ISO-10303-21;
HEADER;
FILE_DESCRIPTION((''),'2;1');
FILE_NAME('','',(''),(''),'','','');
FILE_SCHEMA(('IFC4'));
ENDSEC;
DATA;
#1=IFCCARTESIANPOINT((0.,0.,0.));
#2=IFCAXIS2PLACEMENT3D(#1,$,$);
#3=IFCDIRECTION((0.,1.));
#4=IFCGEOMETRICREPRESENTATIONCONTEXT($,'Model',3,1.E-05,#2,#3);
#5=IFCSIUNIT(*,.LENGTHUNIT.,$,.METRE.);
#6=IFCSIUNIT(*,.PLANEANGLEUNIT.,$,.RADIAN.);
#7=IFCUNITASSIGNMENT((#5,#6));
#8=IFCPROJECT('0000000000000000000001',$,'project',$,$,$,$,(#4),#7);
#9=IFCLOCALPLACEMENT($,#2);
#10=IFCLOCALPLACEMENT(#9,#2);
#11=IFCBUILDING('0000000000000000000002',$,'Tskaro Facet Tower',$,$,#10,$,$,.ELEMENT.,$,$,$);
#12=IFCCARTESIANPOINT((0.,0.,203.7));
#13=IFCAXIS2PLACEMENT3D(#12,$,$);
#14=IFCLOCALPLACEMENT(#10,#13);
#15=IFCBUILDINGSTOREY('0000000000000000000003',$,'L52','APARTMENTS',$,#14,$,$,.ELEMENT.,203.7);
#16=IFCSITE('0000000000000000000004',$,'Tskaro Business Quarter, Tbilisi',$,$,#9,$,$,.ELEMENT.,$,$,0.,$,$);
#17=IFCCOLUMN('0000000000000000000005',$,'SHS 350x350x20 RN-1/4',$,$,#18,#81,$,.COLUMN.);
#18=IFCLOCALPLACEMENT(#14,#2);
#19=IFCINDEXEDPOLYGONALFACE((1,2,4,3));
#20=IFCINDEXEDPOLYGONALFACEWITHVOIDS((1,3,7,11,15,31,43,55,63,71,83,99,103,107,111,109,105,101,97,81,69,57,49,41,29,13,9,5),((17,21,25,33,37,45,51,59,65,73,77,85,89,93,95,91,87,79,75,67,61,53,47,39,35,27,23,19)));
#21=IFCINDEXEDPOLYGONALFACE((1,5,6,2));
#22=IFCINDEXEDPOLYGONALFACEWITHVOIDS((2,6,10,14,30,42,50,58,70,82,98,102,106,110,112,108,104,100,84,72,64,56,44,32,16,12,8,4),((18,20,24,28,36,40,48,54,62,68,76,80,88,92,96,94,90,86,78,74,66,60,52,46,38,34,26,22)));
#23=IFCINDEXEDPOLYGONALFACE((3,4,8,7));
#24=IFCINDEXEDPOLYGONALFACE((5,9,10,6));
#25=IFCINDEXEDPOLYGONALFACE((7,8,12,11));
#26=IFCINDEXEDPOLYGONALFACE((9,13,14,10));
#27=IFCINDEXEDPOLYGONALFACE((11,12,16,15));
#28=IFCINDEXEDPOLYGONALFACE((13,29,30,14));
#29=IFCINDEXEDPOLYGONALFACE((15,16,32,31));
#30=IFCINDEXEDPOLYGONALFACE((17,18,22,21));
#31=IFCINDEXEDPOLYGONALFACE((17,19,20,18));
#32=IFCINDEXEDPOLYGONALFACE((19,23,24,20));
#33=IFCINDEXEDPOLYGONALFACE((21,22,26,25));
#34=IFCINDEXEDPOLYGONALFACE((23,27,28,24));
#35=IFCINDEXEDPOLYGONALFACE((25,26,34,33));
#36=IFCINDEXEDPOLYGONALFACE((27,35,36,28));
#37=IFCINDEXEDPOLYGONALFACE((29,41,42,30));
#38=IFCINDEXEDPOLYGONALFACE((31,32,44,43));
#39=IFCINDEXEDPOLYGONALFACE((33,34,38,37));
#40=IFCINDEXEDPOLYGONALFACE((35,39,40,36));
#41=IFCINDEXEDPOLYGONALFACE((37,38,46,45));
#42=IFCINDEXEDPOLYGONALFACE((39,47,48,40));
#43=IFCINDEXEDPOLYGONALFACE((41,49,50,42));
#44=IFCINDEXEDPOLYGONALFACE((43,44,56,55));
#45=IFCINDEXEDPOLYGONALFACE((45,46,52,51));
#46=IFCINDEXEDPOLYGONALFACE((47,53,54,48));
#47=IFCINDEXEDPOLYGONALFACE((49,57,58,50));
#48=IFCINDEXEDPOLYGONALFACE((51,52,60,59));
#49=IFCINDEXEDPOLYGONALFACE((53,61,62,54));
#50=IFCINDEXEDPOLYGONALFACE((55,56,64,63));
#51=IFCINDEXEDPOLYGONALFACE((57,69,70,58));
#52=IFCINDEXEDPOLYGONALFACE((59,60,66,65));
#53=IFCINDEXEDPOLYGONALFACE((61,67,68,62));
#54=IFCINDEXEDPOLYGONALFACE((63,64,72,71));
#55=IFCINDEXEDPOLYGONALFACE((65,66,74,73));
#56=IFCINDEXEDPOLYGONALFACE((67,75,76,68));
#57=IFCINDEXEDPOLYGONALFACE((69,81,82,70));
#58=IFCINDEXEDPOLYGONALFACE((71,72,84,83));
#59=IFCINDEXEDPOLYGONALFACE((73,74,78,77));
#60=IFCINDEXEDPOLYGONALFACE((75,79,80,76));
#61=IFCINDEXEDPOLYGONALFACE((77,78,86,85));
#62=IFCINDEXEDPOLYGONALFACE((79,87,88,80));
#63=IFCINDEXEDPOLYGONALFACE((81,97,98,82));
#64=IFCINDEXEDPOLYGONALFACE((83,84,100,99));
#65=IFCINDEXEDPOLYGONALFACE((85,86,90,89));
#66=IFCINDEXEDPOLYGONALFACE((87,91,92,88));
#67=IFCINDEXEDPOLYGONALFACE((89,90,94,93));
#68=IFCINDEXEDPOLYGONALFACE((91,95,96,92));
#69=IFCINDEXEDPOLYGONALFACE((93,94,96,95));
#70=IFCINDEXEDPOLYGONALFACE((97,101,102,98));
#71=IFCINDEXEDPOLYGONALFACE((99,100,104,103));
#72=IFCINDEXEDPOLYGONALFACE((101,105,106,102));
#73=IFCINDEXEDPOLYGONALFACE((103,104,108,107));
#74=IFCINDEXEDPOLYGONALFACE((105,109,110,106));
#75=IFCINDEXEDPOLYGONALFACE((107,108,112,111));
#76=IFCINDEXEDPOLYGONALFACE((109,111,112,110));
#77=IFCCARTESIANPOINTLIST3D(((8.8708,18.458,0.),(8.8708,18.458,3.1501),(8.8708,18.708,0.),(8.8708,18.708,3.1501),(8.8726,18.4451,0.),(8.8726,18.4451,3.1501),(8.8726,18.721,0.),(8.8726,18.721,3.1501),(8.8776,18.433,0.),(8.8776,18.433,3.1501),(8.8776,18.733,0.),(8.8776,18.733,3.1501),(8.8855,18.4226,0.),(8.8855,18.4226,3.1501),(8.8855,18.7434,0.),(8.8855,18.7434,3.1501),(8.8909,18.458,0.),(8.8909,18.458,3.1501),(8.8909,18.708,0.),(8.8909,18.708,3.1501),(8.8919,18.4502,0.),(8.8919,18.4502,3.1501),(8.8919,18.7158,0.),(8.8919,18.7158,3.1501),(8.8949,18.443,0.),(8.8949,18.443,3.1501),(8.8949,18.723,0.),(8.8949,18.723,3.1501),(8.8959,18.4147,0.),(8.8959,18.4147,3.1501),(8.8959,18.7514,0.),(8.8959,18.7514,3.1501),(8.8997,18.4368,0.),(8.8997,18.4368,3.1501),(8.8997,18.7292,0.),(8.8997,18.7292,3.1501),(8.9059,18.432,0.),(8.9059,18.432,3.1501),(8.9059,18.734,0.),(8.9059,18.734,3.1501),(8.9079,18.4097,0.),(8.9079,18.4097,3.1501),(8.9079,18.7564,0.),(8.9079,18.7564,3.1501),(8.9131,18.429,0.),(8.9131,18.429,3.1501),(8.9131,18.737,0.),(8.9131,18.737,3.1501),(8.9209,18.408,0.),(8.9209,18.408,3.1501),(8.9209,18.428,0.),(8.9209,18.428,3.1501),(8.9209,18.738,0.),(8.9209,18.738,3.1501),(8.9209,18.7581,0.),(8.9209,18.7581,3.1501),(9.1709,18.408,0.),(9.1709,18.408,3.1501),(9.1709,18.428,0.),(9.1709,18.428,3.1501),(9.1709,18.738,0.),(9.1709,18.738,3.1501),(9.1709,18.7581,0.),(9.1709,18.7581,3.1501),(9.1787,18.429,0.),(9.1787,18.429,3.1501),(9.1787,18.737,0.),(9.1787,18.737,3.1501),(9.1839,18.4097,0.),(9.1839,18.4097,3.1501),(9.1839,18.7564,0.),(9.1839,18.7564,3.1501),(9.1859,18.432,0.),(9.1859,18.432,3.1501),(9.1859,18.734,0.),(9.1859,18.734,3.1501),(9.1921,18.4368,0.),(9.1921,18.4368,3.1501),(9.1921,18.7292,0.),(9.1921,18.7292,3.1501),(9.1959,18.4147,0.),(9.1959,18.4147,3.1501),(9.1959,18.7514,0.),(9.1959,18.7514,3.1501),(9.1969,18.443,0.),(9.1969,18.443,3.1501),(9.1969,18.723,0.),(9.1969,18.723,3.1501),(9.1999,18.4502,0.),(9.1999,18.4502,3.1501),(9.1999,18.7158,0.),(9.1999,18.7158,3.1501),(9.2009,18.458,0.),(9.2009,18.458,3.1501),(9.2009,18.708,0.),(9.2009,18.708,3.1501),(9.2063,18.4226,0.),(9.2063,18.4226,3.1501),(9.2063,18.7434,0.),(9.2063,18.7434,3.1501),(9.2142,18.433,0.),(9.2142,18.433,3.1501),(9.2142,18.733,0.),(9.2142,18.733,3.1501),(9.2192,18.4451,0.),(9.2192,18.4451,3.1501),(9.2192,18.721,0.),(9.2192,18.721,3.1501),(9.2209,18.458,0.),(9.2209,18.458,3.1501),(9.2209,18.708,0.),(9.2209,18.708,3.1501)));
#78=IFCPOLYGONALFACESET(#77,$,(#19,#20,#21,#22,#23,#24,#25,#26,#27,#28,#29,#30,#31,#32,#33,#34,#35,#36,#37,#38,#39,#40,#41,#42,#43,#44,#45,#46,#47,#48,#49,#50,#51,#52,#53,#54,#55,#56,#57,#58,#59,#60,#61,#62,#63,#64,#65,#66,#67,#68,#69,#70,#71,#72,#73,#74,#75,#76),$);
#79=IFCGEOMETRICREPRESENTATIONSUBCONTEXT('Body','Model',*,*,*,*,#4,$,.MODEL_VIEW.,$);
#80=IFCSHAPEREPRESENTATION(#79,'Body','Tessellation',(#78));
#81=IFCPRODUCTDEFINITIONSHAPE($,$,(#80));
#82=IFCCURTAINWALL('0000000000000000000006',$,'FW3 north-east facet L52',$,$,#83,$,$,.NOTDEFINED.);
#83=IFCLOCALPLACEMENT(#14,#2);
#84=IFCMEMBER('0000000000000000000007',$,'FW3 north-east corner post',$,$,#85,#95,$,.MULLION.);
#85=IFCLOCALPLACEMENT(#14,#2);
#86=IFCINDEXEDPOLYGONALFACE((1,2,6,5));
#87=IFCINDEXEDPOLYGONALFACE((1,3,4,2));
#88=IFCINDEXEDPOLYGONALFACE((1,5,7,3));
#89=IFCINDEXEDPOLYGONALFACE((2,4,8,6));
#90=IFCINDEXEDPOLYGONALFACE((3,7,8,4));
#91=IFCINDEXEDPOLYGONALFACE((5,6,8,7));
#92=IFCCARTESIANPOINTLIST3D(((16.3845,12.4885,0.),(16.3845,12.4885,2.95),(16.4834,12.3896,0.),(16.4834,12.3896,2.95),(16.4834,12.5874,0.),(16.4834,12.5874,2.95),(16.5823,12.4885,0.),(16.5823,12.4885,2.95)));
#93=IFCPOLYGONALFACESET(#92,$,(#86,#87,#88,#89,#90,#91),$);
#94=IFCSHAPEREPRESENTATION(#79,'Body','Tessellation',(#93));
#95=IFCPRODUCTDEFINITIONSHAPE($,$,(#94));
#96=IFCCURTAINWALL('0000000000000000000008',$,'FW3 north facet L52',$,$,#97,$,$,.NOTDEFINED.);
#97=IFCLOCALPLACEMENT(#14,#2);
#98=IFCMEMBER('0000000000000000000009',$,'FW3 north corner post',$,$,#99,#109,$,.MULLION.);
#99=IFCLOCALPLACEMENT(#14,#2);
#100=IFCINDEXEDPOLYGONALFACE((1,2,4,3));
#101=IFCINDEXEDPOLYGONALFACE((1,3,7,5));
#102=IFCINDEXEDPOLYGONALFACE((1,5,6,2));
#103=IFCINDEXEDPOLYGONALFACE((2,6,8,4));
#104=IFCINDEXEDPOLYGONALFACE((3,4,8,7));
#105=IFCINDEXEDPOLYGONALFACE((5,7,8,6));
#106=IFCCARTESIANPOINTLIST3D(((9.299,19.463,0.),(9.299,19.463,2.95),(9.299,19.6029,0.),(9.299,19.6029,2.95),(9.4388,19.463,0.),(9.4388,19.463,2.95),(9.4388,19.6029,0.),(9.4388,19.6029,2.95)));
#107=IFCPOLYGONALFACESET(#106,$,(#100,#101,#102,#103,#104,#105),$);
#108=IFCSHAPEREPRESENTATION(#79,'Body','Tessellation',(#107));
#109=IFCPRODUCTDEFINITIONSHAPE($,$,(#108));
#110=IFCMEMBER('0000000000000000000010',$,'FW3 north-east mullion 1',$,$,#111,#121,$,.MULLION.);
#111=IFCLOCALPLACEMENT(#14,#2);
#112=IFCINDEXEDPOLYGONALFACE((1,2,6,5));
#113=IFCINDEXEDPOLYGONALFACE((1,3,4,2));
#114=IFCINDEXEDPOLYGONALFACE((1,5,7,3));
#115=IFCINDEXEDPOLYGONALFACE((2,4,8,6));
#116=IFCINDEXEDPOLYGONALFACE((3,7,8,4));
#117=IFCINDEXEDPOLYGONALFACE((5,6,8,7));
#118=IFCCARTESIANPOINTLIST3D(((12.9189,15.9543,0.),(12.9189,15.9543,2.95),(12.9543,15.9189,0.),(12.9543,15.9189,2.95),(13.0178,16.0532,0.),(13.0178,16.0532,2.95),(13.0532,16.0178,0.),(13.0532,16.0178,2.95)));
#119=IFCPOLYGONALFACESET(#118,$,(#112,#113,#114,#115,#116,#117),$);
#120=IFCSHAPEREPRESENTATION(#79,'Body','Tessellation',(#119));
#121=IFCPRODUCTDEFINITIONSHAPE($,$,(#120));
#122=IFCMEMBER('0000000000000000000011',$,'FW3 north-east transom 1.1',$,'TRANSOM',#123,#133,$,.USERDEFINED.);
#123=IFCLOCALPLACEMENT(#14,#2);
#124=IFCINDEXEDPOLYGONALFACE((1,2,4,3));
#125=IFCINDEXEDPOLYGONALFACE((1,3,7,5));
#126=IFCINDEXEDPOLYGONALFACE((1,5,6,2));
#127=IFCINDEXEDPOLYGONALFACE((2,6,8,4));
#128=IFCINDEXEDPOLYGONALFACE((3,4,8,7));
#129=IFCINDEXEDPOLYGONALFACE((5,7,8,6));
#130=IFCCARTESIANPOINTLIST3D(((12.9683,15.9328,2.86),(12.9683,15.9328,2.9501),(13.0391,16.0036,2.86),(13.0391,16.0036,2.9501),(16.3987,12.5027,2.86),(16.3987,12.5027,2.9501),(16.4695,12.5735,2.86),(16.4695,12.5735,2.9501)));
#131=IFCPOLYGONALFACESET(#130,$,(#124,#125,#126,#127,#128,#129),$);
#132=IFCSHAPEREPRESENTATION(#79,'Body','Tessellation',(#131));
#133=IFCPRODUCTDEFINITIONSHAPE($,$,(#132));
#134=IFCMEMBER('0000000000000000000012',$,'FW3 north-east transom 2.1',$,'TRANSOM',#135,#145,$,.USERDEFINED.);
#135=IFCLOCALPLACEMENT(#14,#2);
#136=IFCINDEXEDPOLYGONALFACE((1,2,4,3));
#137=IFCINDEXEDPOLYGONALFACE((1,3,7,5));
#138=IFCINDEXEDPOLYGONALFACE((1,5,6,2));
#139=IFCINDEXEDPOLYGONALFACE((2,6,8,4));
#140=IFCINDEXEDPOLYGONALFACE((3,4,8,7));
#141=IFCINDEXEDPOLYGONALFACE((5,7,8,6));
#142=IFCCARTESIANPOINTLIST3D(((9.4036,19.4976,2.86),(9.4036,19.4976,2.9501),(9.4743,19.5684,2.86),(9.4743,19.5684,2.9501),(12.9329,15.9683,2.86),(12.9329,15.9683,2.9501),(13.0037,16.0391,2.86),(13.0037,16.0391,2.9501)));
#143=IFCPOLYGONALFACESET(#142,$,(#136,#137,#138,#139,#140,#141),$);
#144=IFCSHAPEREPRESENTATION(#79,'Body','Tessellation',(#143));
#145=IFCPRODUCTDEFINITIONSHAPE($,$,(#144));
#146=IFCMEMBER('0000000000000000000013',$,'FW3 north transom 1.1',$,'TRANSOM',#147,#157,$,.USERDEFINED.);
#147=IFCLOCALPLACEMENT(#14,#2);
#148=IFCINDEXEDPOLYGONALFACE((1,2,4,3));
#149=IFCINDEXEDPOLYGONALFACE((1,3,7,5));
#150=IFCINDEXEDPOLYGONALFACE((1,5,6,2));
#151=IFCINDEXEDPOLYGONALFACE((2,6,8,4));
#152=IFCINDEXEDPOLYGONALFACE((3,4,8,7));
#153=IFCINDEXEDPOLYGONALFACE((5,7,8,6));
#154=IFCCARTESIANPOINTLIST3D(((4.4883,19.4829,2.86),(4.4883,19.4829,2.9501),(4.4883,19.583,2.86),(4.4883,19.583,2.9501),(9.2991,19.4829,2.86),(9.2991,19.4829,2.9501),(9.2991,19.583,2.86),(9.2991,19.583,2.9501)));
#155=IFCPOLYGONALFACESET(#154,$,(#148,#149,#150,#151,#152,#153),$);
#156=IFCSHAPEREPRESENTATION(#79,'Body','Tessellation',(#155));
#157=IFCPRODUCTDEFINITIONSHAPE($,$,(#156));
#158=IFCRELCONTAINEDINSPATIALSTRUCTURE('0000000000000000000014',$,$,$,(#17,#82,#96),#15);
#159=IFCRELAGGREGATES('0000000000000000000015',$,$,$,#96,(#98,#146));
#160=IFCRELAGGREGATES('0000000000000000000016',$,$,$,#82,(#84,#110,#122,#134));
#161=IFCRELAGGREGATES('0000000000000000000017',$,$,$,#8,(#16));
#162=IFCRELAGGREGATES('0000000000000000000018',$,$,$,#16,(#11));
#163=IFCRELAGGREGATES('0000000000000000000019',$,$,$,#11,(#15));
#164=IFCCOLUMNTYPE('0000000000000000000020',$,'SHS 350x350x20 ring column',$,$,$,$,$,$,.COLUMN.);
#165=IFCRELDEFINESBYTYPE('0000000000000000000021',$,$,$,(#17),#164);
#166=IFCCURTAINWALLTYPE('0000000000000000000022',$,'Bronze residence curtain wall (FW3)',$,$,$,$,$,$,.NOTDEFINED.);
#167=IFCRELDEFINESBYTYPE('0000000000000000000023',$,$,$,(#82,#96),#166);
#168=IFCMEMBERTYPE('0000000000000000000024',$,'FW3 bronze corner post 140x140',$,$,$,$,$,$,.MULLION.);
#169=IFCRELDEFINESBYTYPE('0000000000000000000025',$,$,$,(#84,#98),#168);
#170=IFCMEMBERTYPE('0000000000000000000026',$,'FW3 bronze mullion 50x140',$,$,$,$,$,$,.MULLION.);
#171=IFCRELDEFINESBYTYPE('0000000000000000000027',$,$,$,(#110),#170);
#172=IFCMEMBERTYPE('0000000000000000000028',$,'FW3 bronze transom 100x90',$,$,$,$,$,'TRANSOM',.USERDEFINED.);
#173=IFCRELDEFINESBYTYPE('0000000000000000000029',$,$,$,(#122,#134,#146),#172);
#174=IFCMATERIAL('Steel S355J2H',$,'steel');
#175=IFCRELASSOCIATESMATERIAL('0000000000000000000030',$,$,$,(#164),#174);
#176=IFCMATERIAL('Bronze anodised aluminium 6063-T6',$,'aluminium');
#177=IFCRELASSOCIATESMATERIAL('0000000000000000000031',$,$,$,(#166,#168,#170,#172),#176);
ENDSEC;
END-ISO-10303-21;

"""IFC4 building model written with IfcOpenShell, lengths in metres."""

from ifc_helpers import new_model, si_unit, direction, frame, origin, origin_2d, place, context, subcontext, project, spatial, rectangle, hollow_rectangle, extrude, material, material_profile, profile_set, type_object, element, aggregate, save


model = new_model("IFC4")

# Units and contexts
model_context = context("Model", 3, precision=1e-05, world=origin(), true_north=direction((0.0, 1.0)))
body_context = subcontext(model_context, "Body", "Model", "MODEL_VIEW")
ifc_project = project(units=[si_unit("LENGTHUNIT", "METRE"), si_unit("PLANEANGLEUNIT", "RADIAN")], contexts=[model_context])

# Site, building, storey
site_placement = place(None, origin())
site = spatial("IfcSite", under=ifc_project, at=site_placement, Name="Tskaro Business Quarter, Tbilisi", CompositionType="ELEMENT", RefElevation=0.0)
building_placement = place(site_placement, origin())
building = spatial("IfcBuilding", under=site, at=building_placement, Name="Tskaro Facet Tower", CompositionType="ELEMENT")
storey_placement = place(building_placement, frame((0.0, 0.0, 203.7)))
storey = spatial("IfcBuildingStorey", under=building, at=storey_placement, Name="L52", Description="APARTMENTS", CompositionType="ELEMENT", Elevation=203.7)

# Column
ifc_material_1 = material(Name="Steel S355J2H", Category="steel")
ifc_material_profile_1 = material_profile(ifc_material_1, hollow_rectangle(XDim=0.3501, YDim=0.3501, WallThickness=0.02, InnerFilletRadius=0.03, OuterFilletRadius=0.05, at=origin_2d()), Name="SHS 350x350x20")
ifc_profile_set_1 = profile_set([ifc_material_profile_1], Name="Steel S355J2H")
column_type_1 = type_object("IfcColumnType", Name="SHS 350x350x20 ring column", PredefinedType="COLUMN", material=ifc_profile_set_1)
for number, where, z_axis, x_axis, name in (
    (1, (9.0459, 18.583, 0.0), (0.0, 0.0, 1.0), (1.0, 0.0, 0.0), "SHS 350x350x20 RN-1/4"),
):
    element("IfcColumn", number, at=place(storey_placement, frame(where, z_axis=z_axis, x_axis=x_axis)), inside=storey, type_object=column_type_1, Name=name, PredefinedType="COLUMN", context=body_context, shape_type="SweptSolid", body=[
        extrude(hollow_rectangle(XDim=0.3501, YDim=0.3501, WallThickness=0.02, InnerFilletRadius=0.03, OuterFilletRadius=0.05, at=origin_2d()), origin(), (0.0, 0.0, 1.0), 3.1501),
    ])

# Curtain walls, members
ifc_material_2 = material(Name="Bronze anodised aluminium 6063-T6", Category="aluminium")
curtain_wall_type = type_object("IfcCurtainWallType", Name="Bronze residence curtain wall (FW3)", PredefinedType="NOTDEFINED", material=ifc_material_2)
curtain_wall_1_placement = place(storey_placement, origin())
curtain_wall_1 = element("IfcCurtainWall", 2, at=curtain_wall_1_placement, inside=storey, type_object=curtain_wall_type, Name="FW3 north-east facet L52", PredefinedType="NOTDEFINED")
ifc_material_profile_2 = material_profile(ifc_material_2, rectangle(XDim=0.1399, YDim=0.1399, at=origin_2d()), Name="Corner post 140x140")
ifc_profile_set_2 = profile_set([ifc_material_profile_2], Name="Bronze anodised aluminium 6063-T6")
member_type_1 = type_object("IfcMemberType", Name="FW3 bronze corner post 140x140", PredefinedType="MULLION", material=ifc_profile_set_2)
member_1_placement = place(storey_placement, frame((16.4834, 12.4885, 0.0), z_axis=(0.0, 0.0, 1.0), x_axis=(-0.707107, 0.707107, 0.0)))
member_1 = element("IfcMember", 3, at=member_1_placement, type_object=member_type_1, Name="FW3 north-east corner post", PredefinedType="MULLION", context=body_context, shape_type="SweptSolid", body=[
    extrude(rectangle(XDim=0.1399, YDim=0.1399, at=origin_2d()), origin(), (0.0, 0.0, 1.0), 2.95),
])
curtain_wall_2_placement = place(storey_placement, origin())
curtain_wall_2 = element("IfcCurtainWall", 4, at=curtain_wall_2_placement, inside=storey, type_object=curtain_wall_type, Name="FW3 north facet L52", PredefinedType="NOTDEFINED")
member_2_placement = place(storey_placement, frame((9.3689, 19.533, 0.0), z_axis=(0.0, 0.0, 1.0), x_axis=(-1.0, 0.0, 0.0)))
member_2 = element("IfcMember", 5, at=member_2_placement, type_object=member_type_1, Name="FW3 north corner post", PredefinedType="MULLION", context=body_context, shape_type="SweptSolid", body=[
    extrude(rectangle(XDim=0.1399, YDim=0.1399, at=origin_2d()), origin(), (0.0, 0.0, 1.0), 2.95),
])

# Members
ifc_material_profile_3 = material_profile(ifc_material_2, rectangle(XDim=0.05, YDim=0.1399, at=origin_2d()), Name="Mullion 50x140")
ifc_profile_set_3 = profile_set([ifc_material_profile_3], Name="Bronze anodised aluminium 6063-T6")
member_type_2 = type_object("IfcMemberType", Name="FW3 bronze mullion 50x140", PredefinedType="MULLION", material=ifc_profile_set_3)
member_3_placement = place(storey_placement, frame((12.9861, 15.9861, 0.0), z_axis=(0.0, 0.0, 1.0), x_axis=(-0.707107, 0.707107, 0.0)))
member_3 = element("IfcMember", 6, at=member_3_placement, type_object=member_type_2, Name="FW3 north-east mullion 1", PredefinedType="MULLION", context=body_context, shape_type="SweptSolid", body=[
    extrude(rectangle(XDim=0.05, YDim=0.1399, at=origin_2d()), origin(), (0.0, 0.0, 1.0), 2.95),
])
ifc_material_profile_4 = material_profile(ifc_material_2, rectangle(XDim=0.1001, YDim=0.0901, at=origin_2d()), Name="Transom 100x90")
ifc_profile_set_4 = profile_set([ifc_material_profile_4], Name="Bronze anodised aluminium 6063-T6")
member_type_3 = type_object("IfcMemberType", Name="FW3 bronze transom 100x90", ElementType="TRANSOM", PredefinedType="USERDEFINED", material=ifc_profile_set_4)
member_4_placement = place(storey_placement, frame((16.4341, 12.5381, 2.905), z_axis=(-0.707132, 0.707082, 0.0), x_axis=(-0.707082, -0.707132, 0.0)))
member_4 = element("IfcMember", 7, at=member_4_placement, type_object=member_type_3, Name="FW3 north-east transom 1.1", ObjectType="TRANSOM", PredefinedType="USERDEFINED", context=body_context, shape_type="SweptSolid", body=[
    extrude(rectangle(XDim=0.1001, YDim=0.0901, at=origin_2d()), origin(), (0.0, 0.0, 1.0), 4.8511),
])
member_5_placement = place(storey_placement, frame((12.9683, 16.0037, 2.905), z_axis=(-0.707107, 0.707107, 0.0), x_axis=(-0.707107, -0.707107, 0.0)))
member_5 = element("IfcMember", 8, at=member_5_placement, type_object=member_type_3, Name="FW3 north-east transom 2.1", ObjectType="TRANSOM", PredefinedType="USERDEFINED", context=body_context, shape_type="SweptSolid", body=[
    extrude(rectangle(XDim=0.1001, YDim=0.0901, at=origin_2d()), origin(), (0.0, 0.0, 1.0), 4.9912),
])
member_6_placement = place(storey_placement, frame((9.2991, 19.533, 2.905), z_axis=(-1.0, 0.0, 0.0), x_axis=(0.0, -1.0, 0.0)))
member_6 = element("IfcMember", 9, at=member_6_placement, type_object=member_type_3, Name="FW3 north transom 1.1", ObjectType="TRANSOM", PredefinedType="USERDEFINED", context=body_context, shape_type="SweptSolid", body=[
    extrude(rectangle(XDim=0.1001, YDim=0.0901, at=origin_2d()), origin(), (0.0, 0.0, 1.0), 4.8108),
])
aggregate(curtain_wall_2, [member_2, member_6])

aggregate(curtain_wall_1, [member_1, member_3, member_4, member_5])

save(model, "model.ifc")
